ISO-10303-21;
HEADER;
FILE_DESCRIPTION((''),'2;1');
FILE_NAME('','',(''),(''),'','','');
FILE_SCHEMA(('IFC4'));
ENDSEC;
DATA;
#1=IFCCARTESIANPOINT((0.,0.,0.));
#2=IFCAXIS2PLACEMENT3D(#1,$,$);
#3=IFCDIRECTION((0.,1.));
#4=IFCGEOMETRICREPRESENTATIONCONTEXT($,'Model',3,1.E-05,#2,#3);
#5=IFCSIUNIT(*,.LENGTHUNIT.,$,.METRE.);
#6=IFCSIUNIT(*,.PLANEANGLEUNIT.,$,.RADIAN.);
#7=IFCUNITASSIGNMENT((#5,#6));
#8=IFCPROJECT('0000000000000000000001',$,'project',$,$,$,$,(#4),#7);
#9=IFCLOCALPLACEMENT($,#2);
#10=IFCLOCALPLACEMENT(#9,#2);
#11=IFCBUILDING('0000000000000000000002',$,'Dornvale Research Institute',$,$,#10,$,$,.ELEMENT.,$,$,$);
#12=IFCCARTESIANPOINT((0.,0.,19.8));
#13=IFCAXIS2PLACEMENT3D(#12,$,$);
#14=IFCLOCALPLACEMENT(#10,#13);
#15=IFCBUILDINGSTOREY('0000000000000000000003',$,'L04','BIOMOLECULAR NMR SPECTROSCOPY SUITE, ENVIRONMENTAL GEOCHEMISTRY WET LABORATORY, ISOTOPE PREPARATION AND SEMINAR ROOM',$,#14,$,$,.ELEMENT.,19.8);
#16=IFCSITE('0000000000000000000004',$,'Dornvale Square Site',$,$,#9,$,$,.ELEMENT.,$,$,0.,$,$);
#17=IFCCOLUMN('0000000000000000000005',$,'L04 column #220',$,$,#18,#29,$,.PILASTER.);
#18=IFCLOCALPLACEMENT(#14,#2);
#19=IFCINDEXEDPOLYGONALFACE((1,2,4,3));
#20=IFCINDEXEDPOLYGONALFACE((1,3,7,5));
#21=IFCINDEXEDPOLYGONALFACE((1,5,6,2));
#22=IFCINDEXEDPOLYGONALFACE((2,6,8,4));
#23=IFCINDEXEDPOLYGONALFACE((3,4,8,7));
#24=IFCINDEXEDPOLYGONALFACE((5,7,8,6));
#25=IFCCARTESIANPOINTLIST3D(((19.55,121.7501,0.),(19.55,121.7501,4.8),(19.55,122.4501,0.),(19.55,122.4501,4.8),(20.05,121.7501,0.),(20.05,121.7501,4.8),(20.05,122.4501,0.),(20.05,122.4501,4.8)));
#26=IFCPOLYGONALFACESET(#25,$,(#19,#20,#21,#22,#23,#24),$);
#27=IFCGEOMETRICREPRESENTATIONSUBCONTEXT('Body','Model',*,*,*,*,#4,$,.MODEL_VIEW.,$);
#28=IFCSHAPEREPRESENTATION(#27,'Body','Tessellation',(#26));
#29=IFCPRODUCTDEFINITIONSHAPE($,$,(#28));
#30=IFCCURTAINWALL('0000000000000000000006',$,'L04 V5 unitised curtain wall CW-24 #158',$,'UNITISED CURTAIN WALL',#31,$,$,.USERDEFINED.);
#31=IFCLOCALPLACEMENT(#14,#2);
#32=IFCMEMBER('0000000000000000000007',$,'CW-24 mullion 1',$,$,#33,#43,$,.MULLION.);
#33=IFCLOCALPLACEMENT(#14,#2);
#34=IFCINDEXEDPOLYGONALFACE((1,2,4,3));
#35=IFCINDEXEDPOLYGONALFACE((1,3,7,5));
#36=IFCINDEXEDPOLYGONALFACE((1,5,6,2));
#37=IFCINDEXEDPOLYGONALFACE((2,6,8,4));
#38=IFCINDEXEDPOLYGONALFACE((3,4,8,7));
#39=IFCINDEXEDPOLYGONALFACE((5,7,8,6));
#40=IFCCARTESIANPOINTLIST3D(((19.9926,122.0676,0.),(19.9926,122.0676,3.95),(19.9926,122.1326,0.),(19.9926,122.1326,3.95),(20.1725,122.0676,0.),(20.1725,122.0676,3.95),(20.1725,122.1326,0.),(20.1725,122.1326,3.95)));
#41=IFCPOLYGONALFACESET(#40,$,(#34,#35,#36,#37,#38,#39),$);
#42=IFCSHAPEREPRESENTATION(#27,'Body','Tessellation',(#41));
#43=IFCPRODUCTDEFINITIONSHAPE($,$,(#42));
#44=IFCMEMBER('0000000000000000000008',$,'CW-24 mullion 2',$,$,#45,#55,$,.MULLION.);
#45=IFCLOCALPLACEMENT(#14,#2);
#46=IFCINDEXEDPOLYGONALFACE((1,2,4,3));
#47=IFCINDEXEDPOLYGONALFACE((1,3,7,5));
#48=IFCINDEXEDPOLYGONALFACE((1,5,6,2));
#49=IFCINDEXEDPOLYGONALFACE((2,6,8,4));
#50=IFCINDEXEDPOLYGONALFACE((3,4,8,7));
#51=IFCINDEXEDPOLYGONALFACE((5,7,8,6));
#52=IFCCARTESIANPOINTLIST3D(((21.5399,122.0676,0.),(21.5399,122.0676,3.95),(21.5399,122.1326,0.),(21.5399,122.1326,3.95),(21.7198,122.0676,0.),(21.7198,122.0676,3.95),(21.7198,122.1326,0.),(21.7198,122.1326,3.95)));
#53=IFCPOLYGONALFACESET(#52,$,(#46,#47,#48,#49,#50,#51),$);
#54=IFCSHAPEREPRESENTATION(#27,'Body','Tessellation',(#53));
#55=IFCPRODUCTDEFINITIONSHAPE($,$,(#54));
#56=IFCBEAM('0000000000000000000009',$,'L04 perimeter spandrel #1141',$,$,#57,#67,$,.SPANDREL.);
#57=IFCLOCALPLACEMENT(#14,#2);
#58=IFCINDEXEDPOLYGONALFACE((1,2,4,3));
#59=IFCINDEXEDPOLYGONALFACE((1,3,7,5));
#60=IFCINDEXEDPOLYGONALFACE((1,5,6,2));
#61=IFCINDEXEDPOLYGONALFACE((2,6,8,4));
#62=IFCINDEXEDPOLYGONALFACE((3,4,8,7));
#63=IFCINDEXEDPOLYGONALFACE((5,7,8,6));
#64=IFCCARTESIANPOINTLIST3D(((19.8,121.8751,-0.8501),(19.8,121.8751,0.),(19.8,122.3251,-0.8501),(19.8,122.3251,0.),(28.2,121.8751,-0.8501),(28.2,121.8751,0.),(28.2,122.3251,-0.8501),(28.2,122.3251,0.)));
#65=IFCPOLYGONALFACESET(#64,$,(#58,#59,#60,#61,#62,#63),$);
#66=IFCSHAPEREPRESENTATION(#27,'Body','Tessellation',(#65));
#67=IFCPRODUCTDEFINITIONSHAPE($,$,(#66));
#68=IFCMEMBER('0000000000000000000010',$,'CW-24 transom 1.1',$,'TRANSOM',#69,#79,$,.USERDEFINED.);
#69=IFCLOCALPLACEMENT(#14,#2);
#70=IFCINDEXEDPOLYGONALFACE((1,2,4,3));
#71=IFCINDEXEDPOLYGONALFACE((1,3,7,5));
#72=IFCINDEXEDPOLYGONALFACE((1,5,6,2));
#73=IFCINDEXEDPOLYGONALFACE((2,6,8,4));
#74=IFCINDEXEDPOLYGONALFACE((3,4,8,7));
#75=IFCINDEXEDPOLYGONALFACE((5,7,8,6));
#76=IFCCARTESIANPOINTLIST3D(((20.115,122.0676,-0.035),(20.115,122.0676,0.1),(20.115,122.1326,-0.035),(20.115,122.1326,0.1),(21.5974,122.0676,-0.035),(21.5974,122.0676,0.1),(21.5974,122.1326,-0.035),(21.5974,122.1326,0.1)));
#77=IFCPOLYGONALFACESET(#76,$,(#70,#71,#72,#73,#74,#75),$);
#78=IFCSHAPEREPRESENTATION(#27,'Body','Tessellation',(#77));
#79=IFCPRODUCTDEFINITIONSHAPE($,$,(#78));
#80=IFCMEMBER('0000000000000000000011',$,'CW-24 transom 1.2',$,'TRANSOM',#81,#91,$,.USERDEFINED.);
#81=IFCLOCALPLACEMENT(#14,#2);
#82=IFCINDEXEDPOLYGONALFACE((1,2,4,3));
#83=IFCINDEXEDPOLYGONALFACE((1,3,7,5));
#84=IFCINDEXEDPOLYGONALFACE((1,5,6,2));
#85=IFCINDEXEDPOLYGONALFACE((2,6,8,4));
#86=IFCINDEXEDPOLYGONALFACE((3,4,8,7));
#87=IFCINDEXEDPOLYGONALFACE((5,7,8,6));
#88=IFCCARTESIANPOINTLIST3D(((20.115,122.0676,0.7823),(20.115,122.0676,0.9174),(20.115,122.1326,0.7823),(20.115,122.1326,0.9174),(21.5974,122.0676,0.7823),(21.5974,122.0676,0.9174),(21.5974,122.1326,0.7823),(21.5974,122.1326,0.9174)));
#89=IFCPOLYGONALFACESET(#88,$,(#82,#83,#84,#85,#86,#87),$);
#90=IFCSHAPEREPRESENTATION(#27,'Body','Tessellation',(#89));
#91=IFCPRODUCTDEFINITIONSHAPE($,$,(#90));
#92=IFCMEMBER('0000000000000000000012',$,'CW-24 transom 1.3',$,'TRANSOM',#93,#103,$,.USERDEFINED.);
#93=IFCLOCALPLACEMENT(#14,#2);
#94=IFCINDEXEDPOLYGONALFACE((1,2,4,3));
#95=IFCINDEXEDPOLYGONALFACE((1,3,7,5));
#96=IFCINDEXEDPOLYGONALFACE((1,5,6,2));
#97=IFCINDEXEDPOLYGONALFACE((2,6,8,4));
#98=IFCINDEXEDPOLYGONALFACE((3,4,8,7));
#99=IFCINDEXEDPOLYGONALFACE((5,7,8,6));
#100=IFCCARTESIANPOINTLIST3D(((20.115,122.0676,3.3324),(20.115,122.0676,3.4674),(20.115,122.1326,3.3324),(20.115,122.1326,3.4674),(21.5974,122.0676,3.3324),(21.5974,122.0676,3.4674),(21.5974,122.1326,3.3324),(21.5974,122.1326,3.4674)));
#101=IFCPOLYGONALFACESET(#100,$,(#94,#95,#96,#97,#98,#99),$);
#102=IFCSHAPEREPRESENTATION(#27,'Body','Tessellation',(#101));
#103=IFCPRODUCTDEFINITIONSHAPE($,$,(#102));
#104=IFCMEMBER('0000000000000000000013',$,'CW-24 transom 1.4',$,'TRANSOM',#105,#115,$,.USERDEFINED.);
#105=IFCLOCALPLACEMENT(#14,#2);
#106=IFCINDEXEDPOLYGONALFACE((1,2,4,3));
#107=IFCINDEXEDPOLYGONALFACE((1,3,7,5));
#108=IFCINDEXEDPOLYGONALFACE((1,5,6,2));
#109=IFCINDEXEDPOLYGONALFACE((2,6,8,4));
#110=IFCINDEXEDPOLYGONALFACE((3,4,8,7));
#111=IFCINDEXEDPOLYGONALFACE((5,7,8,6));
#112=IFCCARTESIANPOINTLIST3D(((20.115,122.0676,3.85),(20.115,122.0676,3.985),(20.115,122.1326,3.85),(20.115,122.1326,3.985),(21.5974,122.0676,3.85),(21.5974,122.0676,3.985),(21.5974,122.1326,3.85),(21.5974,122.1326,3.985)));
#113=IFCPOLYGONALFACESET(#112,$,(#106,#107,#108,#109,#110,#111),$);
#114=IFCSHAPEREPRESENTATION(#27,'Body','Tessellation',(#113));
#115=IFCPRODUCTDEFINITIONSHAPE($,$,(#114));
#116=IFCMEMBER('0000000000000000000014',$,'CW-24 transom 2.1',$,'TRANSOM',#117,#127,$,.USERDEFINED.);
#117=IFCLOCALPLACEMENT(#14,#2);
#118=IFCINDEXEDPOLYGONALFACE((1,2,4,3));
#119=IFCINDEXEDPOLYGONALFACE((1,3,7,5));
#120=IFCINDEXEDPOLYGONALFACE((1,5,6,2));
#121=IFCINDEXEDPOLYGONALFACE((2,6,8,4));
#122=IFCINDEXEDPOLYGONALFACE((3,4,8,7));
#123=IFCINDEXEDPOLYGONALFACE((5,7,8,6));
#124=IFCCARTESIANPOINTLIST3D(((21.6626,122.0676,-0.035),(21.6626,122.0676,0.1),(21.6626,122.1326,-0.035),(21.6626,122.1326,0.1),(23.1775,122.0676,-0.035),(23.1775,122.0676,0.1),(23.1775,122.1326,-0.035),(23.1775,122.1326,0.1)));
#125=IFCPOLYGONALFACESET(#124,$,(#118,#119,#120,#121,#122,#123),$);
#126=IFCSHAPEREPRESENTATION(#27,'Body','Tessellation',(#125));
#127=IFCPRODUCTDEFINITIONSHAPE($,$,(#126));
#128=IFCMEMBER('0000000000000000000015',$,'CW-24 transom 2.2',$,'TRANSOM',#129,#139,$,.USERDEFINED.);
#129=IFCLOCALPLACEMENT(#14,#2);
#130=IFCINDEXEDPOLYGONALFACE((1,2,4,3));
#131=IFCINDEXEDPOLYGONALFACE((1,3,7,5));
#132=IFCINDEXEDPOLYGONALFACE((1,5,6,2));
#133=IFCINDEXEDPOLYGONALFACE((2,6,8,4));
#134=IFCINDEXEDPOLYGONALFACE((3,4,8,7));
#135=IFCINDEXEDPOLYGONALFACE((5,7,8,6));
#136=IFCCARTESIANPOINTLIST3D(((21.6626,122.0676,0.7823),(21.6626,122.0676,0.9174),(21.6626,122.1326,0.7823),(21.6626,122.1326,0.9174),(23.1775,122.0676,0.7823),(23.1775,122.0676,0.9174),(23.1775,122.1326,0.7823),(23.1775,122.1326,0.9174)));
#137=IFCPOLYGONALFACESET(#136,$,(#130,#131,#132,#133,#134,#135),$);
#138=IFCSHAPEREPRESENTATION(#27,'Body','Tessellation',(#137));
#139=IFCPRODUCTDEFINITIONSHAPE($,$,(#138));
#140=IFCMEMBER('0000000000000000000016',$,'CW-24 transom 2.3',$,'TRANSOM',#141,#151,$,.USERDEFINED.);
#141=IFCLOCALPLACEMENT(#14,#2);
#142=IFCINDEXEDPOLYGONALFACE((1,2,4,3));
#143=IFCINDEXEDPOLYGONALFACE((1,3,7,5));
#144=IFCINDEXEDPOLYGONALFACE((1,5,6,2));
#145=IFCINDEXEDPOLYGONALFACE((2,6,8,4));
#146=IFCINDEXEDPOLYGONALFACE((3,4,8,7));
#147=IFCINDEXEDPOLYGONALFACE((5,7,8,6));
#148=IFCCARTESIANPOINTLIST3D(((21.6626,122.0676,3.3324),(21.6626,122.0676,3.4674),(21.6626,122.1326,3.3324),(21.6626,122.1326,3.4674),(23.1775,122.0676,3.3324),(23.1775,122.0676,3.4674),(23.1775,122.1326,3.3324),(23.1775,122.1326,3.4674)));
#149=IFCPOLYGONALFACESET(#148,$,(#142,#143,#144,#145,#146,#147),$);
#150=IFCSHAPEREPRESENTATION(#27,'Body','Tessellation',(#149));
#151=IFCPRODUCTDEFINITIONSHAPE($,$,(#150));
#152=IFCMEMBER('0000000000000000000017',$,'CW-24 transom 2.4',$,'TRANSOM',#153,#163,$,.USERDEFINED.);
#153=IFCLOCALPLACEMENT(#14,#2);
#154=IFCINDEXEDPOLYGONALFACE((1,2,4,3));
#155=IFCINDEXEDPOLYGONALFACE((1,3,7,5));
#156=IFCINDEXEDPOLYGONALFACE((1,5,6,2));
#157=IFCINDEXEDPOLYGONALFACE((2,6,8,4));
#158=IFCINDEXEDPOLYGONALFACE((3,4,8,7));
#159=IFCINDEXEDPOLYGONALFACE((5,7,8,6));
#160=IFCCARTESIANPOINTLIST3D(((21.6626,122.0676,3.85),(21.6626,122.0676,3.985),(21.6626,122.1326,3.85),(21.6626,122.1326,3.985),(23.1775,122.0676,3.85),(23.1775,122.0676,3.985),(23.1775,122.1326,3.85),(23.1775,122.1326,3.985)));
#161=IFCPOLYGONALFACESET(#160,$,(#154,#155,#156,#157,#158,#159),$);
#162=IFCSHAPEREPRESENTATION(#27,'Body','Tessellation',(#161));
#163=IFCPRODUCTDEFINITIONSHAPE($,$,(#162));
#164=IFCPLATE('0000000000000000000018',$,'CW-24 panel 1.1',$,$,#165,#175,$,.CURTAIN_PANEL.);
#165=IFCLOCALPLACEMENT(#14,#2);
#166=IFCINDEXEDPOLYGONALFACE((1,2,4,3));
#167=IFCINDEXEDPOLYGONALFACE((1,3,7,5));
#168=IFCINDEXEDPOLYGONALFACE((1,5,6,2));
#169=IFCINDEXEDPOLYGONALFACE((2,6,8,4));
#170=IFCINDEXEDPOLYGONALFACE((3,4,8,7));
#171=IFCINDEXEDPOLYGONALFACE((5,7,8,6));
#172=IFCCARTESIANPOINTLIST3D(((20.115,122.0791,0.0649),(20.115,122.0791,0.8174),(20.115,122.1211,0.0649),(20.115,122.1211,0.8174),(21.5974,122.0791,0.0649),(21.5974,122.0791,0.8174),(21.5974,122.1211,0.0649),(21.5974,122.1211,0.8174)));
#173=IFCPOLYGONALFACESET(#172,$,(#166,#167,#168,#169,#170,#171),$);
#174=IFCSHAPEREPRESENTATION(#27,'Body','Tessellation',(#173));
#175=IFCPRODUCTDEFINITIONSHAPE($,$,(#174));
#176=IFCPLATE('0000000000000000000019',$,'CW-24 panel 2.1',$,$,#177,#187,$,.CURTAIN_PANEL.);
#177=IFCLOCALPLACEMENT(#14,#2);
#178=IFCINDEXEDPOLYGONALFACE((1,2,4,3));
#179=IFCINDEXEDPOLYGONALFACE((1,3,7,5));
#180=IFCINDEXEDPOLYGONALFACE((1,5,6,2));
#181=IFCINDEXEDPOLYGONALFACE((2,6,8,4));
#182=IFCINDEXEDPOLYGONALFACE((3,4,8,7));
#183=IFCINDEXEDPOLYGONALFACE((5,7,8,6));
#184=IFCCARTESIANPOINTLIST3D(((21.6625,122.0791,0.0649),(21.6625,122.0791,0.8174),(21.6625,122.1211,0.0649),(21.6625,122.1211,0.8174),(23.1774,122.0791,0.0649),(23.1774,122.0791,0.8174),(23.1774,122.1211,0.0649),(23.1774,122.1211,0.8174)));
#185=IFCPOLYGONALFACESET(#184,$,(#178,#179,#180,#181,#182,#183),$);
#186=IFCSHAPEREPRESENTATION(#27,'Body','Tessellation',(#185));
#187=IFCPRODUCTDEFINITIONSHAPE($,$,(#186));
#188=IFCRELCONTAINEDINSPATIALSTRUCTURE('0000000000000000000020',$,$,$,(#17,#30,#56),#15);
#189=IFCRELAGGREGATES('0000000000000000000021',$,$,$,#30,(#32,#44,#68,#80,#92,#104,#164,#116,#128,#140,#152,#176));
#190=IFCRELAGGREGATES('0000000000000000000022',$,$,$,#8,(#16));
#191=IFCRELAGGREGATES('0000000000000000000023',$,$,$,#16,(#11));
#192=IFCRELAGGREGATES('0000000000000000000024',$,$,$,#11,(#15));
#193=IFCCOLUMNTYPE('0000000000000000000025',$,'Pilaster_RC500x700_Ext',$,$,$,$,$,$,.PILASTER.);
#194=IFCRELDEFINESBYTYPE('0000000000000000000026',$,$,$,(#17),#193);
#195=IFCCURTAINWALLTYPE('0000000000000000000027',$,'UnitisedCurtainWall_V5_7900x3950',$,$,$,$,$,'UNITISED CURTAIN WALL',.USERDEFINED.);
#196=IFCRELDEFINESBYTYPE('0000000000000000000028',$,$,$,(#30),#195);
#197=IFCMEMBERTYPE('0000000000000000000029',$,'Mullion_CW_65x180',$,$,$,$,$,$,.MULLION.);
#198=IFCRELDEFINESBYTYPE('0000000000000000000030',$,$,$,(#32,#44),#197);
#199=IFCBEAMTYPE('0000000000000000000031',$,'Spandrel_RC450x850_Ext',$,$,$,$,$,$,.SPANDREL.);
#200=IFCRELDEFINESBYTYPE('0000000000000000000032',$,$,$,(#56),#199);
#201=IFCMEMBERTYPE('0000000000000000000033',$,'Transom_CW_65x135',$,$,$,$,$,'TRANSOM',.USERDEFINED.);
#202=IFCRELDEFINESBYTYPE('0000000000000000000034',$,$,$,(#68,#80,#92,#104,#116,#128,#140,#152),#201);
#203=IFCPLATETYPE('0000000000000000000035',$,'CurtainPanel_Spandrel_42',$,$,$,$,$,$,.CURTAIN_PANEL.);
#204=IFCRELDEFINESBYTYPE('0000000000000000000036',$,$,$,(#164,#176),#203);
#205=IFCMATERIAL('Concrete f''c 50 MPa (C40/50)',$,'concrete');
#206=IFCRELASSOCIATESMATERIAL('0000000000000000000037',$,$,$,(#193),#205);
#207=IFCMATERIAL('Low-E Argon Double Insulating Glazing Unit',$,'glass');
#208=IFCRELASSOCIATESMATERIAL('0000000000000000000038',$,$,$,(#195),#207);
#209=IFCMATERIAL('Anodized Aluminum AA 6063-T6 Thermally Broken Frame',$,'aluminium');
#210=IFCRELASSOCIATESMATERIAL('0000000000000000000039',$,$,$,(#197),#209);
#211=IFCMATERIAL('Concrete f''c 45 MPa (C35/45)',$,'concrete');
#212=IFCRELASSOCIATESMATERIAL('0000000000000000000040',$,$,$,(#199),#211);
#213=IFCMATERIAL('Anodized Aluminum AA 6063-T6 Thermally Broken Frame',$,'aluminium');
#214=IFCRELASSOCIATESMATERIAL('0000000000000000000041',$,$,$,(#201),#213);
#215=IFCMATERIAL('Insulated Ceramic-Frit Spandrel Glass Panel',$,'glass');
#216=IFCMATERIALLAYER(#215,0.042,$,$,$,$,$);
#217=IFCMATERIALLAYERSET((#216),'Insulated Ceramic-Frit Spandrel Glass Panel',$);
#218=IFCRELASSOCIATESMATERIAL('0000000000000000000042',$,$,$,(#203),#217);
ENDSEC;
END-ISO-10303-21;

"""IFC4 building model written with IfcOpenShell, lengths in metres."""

from ifc_helpers import new_model, si_unit, direction, frame, origin, origin_2d, place, context, subcontext, project, spatial, rectangle, extrude, material, layer, layer_set, material_profile, profile_set, type_object, element, aggregate, save


model = new_model("IFC4")

# Units and contexts
model_context = context("Model", 3, precision=1e-05, world=origin(), true_north=direction((0.0, 1.0)))
body_context = subcontext(model_context, "Body", "Model", "MODEL_VIEW")
ifc_project = project(units=[si_unit("LENGTHUNIT", "METRE"), si_unit("PLANEANGLEUNIT", "RADIAN")], contexts=[model_context])

# Site, building, storey
site_placement = place(None, origin())
site = spatial("IfcSite", under=ifc_project, at=site_placement, Name="Dornvale Square Site", CompositionType="ELEMENT", RefElevation=0.0)
building_placement = place(site_placement, origin())
building = spatial("IfcBuilding", under=site, at=building_placement, Name="Dornvale Research Institute", CompositionType="ELEMENT")
storey_placement = place(building_placement, frame((0.0, 0.0, 19.8)))
storey = spatial("IfcBuildingStorey", under=building, at=storey_placement, Name="L04", Description="BIOMOLECULAR NMR SPECTROSCOPY SUITE, ENVIRONMENTAL GEOCHEMISTRY WET LABORATORY, ISOTOPE PREPARATION AND SEMINAR ROOM", CompositionType="ELEMENT", Elevation=19.8)

# Column
ifc_material_1 = material(Name="Concrete f'c 50 MPa (C40/50)", Category="concrete")
ifc_material_profile_1 = material_profile(ifc_material_1, rectangle(XDim=0.5, YDim=0.7, at=origin_2d()), Name="RC 500x700")
ifc_profile_set_1 = profile_set([ifc_material_profile_1], Name="Concrete f'c 50 MPa (C40/50)")
column_type = type_object("IfcColumnType", Name="Pilaster_RC500x700_Ext", PredefinedType="PILASTER", material=ifc_profile_set_1)
column_placement = place(storey_placement, frame((19.8, 122.1001, 0.0), z_axis=(0.0, 0.0, 1.0), x_axis=(1.0, 0.0, 0.0)))
element("IfcColumn", 1, at=column_placement, inside=storey, type_object=column_type, Name="L04 column #220", PredefinedType="PILASTER", context=body_context, shape_type="SweptSolid", body=[
    extrude(rectangle(XDim=0.5, YDim=0.7, at=origin_2d()), origin(), (0.0, 0.0, 1.0), 4.8),
])

# Curtain wall, members
ifc_material_2 = material(Name="Low-E Argon Double Insulating Glazing Unit", Category="glass")
curtain_wall_type = type_object("IfcCurtainWallType", Name="UnitisedCurtainWall_V5_7900x3950", ElementType="UNITISED CURTAIN WALL", PredefinedType="USERDEFINED", material=ifc_material_2)
curtain_wall_placement = place(storey_placement, origin())
curtain_wall = element("IfcCurtainWall", 2, at=curtain_wall_placement, inside=storey, type_object=curtain_wall_type, Name="L04 V5 unitised curtain wall CW-24 #158", ObjectType="UNITISED CURTAIN WALL", PredefinedType="USERDEFINED")
ifc_material_3 = material(Name="Anodized Aluminum AA 6063-T6 Thermally Broken Frame", Category="aluminium")
ifc_material_profile_2 = material_profile(ifc_material_3, rectangle(XDim=0.0649, YDim=0.1799, at=origin_2d()), Name="ALU MULLION 65x180")
ifc_profile_set_2 = profile_set([ifc_material_profile_2], Name="Anodized Aluminum AA 6063-T6 Thermally Broken Frame")
member_type_1 = type_object("IfcMemberType", Name="Mullion_CW_65x180", PredefinedType="MULLION", material=ifc_profile_set_2)
member_1_placement = place(storey_placement, frame((20.0825, 122.1001, 0.0), z_axis=(0.0, 0.0, 1.0), x_axis=(0.0, 1.0, 0.0)))
member_1 = element("IfcMember", 3, at=member_1_placement, type_object=member_type_1, Name="CW-24 mullion 1", PredefinedType="MULLION", context=body_context, shape_type="SweptSolid", body=[
    extrude(rectangle(XDim=0.0649, YDim=0.1799, at=origin_2d()), origin(), (0.0, 0.0, 1.0), 3.95),
])
member_2_placement = place(storey_placement, frame((21.6299, 122.1001, 0.0), z_axis=(0.0, 0.0, 1.0), x_axis=(0.0, 1.0, 0.0)))
member_2 = element("IfcMember", 4, at=member_2_placement, type_object=member_type_1, Name="CW-24 mullion 2", PredefinedType="MULLION", context=body_context, shape_type="SweptSolid", body=[
    extrude(rectangle(XDim=0.0649, YDim=0.1799, at=origin_2d()), origin(), (0.0, 0.0, 1.0), 3.95),
])

# Beam
ifc_material_4 = material(Name="Concrete f'c 45 MPa (C35/45)", Category="concrete")
ifc_material_profile_3 = material_profile(ifc_material_4, rectangle(XDim=0.45, YDim=0.8501, at=origin_2d()), Name="RC 450x850")
ifc_profile_set_3 = profile_set([ifc_material_profile_3], Name="Concrete f'c 45 MPa (C35/45)")
beam_type = type_object("IfcBeamType", Name="Spandrel_RC450x850_Ext", PredefinedType="SPANDREL", material=ifc_profile_set_3)
beam_placement = place(storey_placement, frame((19.8, 122.1001, -0.425), z_axis=(1.0, 0.0, 0.0), x_axis=(0.0, 1.0, 0.0)))
element("IfcBeam", 5, at=beam_placement, inside=storey, type_object=beam_type, Name="L04 perimeter spandrel #1141", PredefinedType="SPANDREL", context=body_context, shape_type="SweptSolid", body=[
    extrude(rectangle(XDim=0.45, YDim=0.8501, at=origin_2d()), origin(), (0.0, 0.0, 1.0), 8.3999),
])

# Members
ifc_material_5 = material(Name="Anodized Aluminum AA 6063-T6 Thermally Broken Frame", Category="aluminium")
ifc_material_profile_4 = material_profile(ifc_material_5, rectangle(XDim=0.0649, YDim=0.135, at=origin_2d()), Name="ALU TRANSOM 65x135")
ifc_profile_set_4 = profile_set([ifc_material_profile_4], Name="Anodized Aluminum AA 6063-T6 Thermally Broken Frame")
member_type_2 = type_object("IfcMemberType", Name="Transom_CW_65x135", ElementType="TRANSOM", PredefinedType="USERDEFINED", material=ifc_profile_set_4)
member_3_placement = place(storey_placement, frame((20.115, 122.1001, 0.0325), z_axis=(1.0, 0.0, 0.0), x_axis=(0.0, 1.0, 0.0)))
member_3 = element("IfcMember", 6, at=member_3_placement, type_object=member_type_2, Name="CW-24 transom 1.1", ObjectType="TRANSOM", PredefinedType="USERDEFINED", context=body_context, shape_type="SweptSolid", body=[
    extrude(rectangle(XDim=0.0649, YDim=0.135, at=origin_2d()), origin(), (0.0, 0.0, 1.0), 1.4824),
])
member_4_placement = place(storey_placement, frame((20.115, 122.1001, 0.8499), z_axis=(1.0, 0.0, 0.0), x_axis=(0.0, 1.0, 0.0)))
member_4 = element("IfcMember", 7, at=member_4_placement, type_object=member_type_2, Name="CW-24 transom 1.2", ObjectType="TRANSOM", PredefinedType="USERDEFINED", context=body_context, shape_type="SweptSolid", body=[
    extrude(rectangle(XDim=0.0649, YDim=0.135, at=origin_2d()), origin(), (0.0, 0.0, 1.0), 1.4824),
])
member_5_placement = place(storey_placement, frame((20.115, 122.1001, 3.3999), z_axis=(1.0, 0.0, 0.0), x_axis=(0.0, 1.0, 0.0)))
member_5 = element("IfcMember", 8, at=member_5_placement, type_object=member_type_2, Name="CW-24 transom 1.3", ObjectType="TRANSOM", PredefinedType="USERDEFINED", context=body_context, shape_type="SweptSolid", body=[
    extrude(rectangle(XDim=0.0649, YDim=0.135, at=origin_2d()), origin(), (0.0, 0.0, 1.0), 1.4824),
])
member_6_placement = place(storey_placement, frame((20.115, 122.1001, 3.9175), z_axis=(1.0, 0.0, 0.0), x_axis=(0.0, 1.0, 0.0)))
member_6 = element("IfcMember", 9, at=member_6_placement, type_object=member_type_2, Name="CW-24 transom 1.4", ObjectType="TRANSOM", PredefinedType="USERDEFINED", context=body_context, shape_type="SweptSolid", body=[
    extrude(rectangle(XDim=0.0649, YDim=0.135, at=origin_2d()), origin(), (0.0, 0.0, 1.0), 1.4824),
])
member_7_placement = place(storey_placement, frame((21.6626, 122.1001, 0.0325), z_axis=(1.0, 0.0, 0.0), x_axis=(0.0, 1.0, 0.0)))
member_7 = element("IfcMember", 10, at=member_7_placement, type_object=member_type_2, Name="CW-24 transom 2.1", ObjectType="TRANSOM", PredefinedType="USERDEFINED", context=body_context, shape_type="SweptSolid", body=[
    extrude(rectangle(XDim=0.0649, YDim=0.135, at=origin_2d()), origin(), (0.0, 0.0, 1.0), 1.5149),
])
member_8_placement = place(storey_placement, frame((21.6626, 122.1001, 0.8499), z_axis=(1.0, 0.0, 0.0), x_axis=(0.0, 1.0, 0.0)))
member_8 = element("IfcMember", 11, at=member_8_placement, type_object=member_type_2, Name="CW-24 transom 2.2", ObjectType="TRANSOM", PredefinedType="USERDEFINED", context=body_context, shape_type="SweptSolid", body=[
    extrude(rectangle(XDim=0.0649, YDim=0.135, at=origin_2d()), origin(), (0.0, 0.0, 1.0), 1.5149),
])
member_9_placement = place(storey_placement, frame((21.6626, 122.1001, 3.3999), z_axis=(1.0, 0.0, 0.0), x_axis=(0.0, 1.0, 0.0)))
member_9 = element("IfcMember", 12, at=member_9_placement, type_object=member_type_2, Name="CW-24 transom 2.3", ObjectType="TRANSOM", PredefinedType="USERDEFINED", context=body_context, shape_type="SweptSolid", body=[
    extrude(rectangle(XDim=0.0649, YDim=0.135, at=origin_2d()), origin(), (0.0, 0.0, 1.0), 1.5149),
])
member_10_placement = place(storey_placement, frame((21.6626, 122.1001, 3.9175), z_axis=(1.0, 0.0, 0.0), x_axis=(0.0, 1.0, 0.0)))
member_10 = element("IfcMember", 13, at=member_10_placement, type_object=member_type_2, Name="CW-24 transom 2.4", ObjectType="TRANSOM", PredefinedType="USERDEFINED", context=body_context, shape_type="SweptSolid", body=[
    extrude(rectangle(XDim=0.0649, YDim=0.135, at=origin_2d()), origin(), (0.0, 0.0, 1.0), 1.5149),
])

# Plates
ifc_material_6 = material(Name="Insulated Ceramic-Frit Spandrel Glass Panel", Category="glass")
ifc_layer_1 = layer(ifc_material_6, 0.042)
ifc_layer_set_1 = layer_set([ifc_layer_1], Name="Insulated Ceramic-Frit Spandrel Glass Panel")
plate_type_1 = type_object("IfcPlateType", Name="CurtainPanel_Spandrel_42", PredefinedType="CURTAIN_PANEL", material=ifc_layer_set_1)
plate_1_placement = place(storey_placement, frame((20.8562, 122.1001, 0.0649), z_axis=(0.0, 0.0, 1.0), x_axis=(1.0, 0.0, 0.0)))
plate_1 = element("IfcPlate", 14, at=plate_1_placement, type_object=plate_type_1, Name="CW-24 panel 1.1", PredefinedType="CURTAIN_PANEL", context=body_context, shape_type="SweptSolid", body=[
    extrude(rectangle(XDim=1.4824, YDim=0.042, at=origin_2d()), origin(), (0.0, 0.0, 1.0), 0.7524),
])
plate_2_placement = place(storey_placement, frame((22.4199, 122.1001, 0.0649), z_axis=(0.0, 0.0, 1.0), x_axis=(1.0, 0.0, 0.0)))
plate_2 = element("IfcPlate", 15, at=plate_2_placement, type_object=plate_type_1, Name="CW-24 panel 2.1", PredefinedType="CURTAIN_PANEL", context=body_context, shape_type="SweptSolid", body=[
    extrude(rectangle(XDim=1.5149, YDim=0.042, at=origin_2d()), origin(), (0.0, 0.0, 1.0), 0.7524),
])
aggregate(curtain_wall, [member_1, member_2, member_3, member_4, member_5, member_6, plate_1, member_7, member_8, member_9, member_10, plate_2])

save(model, "model.ifc")
